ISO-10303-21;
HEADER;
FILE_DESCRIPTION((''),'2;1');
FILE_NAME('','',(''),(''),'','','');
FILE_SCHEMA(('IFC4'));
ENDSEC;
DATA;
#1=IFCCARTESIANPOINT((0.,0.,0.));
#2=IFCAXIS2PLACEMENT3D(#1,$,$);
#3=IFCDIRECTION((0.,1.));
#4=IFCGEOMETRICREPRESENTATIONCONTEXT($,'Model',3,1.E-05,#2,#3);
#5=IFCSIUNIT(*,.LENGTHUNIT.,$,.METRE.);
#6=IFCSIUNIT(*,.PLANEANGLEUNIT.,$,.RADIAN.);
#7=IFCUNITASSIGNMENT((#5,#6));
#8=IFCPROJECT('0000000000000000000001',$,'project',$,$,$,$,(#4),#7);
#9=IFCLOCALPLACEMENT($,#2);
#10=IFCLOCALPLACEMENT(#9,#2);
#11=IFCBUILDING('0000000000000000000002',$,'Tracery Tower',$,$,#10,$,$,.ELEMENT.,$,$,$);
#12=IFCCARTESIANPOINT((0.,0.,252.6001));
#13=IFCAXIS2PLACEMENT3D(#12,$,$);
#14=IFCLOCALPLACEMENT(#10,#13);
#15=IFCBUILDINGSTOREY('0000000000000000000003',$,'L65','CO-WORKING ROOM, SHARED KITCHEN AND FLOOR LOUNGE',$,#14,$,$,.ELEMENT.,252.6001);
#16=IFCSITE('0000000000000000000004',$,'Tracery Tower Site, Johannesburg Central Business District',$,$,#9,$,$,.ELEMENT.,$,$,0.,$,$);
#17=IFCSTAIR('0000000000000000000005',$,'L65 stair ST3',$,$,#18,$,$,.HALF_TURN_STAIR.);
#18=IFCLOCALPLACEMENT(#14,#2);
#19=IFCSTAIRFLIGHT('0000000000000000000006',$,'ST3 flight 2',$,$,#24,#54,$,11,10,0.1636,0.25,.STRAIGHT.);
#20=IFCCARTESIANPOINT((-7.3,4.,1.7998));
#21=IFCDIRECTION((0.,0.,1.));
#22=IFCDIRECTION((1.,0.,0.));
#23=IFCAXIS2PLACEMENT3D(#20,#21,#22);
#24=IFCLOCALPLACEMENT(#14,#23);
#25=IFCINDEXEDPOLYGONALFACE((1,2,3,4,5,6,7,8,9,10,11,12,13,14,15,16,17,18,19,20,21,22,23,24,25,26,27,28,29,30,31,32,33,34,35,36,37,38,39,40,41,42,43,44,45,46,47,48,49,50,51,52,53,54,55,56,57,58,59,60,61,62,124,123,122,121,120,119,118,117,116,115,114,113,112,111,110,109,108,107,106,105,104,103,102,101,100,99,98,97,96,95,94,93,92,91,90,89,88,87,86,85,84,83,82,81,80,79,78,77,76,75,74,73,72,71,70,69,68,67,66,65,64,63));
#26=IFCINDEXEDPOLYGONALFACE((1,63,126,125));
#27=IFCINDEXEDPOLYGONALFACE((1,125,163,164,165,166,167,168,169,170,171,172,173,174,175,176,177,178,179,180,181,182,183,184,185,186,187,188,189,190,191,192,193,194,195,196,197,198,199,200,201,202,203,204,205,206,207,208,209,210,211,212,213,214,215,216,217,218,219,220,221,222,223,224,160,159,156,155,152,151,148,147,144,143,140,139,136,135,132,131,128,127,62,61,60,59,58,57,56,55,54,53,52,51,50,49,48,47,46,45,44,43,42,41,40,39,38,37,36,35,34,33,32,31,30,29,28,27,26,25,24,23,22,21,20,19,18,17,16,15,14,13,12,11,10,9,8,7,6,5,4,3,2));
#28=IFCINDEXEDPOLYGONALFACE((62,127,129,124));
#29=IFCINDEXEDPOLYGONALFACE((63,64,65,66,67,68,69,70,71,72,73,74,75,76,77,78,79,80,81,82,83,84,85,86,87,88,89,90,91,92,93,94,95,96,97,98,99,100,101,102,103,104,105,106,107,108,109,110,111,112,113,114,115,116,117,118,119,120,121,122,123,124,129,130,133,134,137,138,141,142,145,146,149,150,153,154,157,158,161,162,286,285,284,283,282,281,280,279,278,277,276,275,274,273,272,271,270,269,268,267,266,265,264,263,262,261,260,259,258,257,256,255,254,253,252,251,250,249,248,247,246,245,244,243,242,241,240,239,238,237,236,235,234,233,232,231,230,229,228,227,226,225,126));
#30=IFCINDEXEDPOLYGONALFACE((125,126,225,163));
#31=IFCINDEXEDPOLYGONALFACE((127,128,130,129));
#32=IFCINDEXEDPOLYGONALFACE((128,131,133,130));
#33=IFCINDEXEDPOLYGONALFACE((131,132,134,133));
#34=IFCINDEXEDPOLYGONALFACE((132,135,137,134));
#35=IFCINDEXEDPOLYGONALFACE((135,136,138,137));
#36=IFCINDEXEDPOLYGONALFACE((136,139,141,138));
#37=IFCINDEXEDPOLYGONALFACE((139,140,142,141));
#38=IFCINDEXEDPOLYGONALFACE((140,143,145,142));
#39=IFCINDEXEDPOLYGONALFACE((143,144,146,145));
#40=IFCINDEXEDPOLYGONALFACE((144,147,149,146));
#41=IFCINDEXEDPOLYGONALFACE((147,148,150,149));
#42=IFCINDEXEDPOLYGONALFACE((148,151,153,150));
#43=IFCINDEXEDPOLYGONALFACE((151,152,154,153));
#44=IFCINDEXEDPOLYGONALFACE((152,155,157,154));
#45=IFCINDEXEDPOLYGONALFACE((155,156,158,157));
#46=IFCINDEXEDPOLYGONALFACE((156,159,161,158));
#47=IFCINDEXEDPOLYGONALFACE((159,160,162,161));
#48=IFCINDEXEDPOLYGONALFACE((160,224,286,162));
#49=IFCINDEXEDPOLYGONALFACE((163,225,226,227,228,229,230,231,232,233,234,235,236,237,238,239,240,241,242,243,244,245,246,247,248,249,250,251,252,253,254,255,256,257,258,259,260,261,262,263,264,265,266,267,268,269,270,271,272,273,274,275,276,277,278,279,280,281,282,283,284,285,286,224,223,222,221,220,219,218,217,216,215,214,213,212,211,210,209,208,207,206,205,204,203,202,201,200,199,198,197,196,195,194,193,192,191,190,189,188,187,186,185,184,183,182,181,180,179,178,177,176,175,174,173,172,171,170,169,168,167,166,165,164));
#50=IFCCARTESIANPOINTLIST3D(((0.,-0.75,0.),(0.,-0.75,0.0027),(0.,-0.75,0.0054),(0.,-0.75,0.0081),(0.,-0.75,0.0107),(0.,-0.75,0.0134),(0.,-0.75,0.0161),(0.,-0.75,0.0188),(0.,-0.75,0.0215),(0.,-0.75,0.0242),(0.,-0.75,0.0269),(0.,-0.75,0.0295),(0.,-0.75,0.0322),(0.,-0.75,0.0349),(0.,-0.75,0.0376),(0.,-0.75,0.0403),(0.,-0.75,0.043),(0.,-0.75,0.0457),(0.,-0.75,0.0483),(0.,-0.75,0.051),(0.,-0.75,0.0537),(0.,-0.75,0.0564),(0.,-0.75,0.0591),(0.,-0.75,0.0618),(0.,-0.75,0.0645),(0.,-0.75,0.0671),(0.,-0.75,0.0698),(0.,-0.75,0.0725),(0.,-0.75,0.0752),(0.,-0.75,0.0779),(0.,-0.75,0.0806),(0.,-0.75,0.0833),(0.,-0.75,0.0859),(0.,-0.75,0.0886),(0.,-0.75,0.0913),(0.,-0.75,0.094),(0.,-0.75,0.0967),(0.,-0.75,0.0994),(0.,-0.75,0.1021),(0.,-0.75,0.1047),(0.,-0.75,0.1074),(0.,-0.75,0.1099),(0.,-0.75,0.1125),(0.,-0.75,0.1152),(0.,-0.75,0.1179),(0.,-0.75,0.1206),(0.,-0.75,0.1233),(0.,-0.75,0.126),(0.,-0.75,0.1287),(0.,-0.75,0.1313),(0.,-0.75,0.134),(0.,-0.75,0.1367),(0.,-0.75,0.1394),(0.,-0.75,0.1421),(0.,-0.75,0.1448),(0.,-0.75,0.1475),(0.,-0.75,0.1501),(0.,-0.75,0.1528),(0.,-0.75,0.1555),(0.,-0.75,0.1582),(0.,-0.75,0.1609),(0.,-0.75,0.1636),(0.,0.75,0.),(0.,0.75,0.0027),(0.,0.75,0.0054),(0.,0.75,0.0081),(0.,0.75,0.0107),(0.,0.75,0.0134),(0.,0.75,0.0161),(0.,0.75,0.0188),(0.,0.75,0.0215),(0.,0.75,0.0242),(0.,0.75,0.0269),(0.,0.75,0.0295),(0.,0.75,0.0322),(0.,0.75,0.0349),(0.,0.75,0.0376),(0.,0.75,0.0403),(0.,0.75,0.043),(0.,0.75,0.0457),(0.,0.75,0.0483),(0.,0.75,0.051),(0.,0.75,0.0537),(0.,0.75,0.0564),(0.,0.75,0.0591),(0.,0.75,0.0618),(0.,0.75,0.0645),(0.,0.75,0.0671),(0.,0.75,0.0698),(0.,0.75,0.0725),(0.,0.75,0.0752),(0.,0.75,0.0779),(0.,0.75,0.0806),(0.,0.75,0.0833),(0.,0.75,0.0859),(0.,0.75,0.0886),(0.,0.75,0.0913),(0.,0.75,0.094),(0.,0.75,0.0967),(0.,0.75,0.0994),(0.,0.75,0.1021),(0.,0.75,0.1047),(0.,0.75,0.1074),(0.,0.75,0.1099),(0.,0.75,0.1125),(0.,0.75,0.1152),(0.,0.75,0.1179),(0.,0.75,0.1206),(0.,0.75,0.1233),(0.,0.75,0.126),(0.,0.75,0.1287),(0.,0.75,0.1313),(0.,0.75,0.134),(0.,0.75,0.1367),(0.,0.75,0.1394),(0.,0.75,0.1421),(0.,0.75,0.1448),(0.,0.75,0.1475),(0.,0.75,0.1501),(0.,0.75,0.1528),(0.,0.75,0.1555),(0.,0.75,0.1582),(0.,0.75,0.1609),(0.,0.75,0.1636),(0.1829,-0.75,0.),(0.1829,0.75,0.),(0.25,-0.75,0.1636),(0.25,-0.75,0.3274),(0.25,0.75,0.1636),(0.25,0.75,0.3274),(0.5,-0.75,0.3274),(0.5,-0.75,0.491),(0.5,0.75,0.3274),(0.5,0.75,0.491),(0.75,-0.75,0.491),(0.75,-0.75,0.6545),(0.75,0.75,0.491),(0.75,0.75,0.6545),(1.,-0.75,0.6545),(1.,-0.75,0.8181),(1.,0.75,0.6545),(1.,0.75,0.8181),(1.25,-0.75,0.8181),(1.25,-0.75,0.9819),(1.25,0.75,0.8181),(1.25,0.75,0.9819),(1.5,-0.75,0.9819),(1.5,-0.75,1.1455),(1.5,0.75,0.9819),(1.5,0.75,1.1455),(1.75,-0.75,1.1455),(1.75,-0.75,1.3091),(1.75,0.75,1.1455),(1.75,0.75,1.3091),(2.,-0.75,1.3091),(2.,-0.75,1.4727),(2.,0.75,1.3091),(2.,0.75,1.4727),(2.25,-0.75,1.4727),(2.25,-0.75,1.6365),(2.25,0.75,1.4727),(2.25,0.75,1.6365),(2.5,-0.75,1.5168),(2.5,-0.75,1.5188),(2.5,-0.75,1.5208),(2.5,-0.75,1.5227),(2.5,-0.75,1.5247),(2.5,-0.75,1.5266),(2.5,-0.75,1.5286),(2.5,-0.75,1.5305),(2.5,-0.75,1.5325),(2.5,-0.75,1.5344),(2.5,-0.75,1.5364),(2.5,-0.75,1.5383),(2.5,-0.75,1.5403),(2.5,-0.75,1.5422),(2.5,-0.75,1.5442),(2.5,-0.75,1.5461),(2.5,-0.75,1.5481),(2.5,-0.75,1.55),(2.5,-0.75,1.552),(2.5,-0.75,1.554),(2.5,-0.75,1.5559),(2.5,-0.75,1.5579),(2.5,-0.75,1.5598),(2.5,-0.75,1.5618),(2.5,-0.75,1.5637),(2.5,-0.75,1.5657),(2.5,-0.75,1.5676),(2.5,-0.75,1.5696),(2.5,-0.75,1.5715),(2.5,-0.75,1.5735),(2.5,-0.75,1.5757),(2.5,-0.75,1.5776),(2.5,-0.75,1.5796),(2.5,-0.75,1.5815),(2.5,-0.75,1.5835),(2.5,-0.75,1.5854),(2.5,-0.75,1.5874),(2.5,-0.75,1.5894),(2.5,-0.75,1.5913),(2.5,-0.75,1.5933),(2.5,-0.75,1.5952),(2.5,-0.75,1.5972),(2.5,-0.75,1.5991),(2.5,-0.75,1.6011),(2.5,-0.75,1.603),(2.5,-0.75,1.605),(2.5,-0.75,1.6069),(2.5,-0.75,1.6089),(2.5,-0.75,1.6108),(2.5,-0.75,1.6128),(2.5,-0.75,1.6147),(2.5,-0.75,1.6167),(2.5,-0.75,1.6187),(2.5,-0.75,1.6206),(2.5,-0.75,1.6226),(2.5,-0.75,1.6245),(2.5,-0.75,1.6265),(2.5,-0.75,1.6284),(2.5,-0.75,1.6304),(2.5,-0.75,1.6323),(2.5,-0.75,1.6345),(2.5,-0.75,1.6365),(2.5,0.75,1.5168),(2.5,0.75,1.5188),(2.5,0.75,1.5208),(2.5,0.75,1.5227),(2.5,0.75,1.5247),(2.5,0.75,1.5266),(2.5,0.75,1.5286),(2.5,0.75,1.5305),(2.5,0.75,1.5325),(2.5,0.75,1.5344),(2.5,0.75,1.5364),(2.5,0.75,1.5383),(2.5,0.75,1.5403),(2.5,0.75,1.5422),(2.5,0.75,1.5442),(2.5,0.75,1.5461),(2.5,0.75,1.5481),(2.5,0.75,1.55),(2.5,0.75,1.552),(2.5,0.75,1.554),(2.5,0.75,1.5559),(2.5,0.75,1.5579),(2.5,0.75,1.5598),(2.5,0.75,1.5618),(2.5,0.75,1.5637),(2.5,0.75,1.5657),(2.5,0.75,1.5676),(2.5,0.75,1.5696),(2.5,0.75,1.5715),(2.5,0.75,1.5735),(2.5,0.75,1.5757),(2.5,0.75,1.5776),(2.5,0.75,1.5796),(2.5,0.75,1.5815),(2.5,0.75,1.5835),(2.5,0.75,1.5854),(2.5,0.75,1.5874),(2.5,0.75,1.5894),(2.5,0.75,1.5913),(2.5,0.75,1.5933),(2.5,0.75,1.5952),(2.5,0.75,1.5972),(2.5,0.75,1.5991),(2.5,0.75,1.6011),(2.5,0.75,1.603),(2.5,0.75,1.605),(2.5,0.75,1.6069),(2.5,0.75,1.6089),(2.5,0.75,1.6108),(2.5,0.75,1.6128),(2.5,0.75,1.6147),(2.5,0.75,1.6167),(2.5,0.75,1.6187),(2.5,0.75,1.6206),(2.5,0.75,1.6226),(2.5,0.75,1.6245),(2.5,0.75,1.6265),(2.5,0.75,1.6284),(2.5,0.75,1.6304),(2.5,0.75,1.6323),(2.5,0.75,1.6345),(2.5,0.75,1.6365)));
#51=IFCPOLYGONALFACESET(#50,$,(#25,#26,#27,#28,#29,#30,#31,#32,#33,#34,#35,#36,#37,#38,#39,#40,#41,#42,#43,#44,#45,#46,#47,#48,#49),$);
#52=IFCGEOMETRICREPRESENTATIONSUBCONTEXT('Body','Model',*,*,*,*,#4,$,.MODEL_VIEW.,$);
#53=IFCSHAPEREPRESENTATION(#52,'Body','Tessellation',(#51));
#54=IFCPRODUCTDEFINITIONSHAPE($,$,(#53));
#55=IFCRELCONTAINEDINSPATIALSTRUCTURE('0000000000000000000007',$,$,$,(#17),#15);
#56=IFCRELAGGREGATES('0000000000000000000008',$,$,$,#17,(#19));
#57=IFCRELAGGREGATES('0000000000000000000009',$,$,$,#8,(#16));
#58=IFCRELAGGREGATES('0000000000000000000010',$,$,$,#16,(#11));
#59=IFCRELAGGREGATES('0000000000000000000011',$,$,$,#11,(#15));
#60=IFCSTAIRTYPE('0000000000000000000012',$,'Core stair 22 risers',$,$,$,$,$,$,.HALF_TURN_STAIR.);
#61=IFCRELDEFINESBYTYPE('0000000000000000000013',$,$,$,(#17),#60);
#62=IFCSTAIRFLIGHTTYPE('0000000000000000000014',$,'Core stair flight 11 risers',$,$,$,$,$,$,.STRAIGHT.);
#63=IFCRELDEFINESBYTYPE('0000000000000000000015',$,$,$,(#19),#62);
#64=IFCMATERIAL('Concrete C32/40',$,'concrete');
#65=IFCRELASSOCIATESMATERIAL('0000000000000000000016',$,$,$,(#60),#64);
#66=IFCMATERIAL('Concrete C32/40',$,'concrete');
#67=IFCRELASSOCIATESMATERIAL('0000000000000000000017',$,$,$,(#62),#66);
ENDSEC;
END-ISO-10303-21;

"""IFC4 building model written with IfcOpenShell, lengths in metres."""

from ifc_helpers import new_model, si_unit, direction, frame, origin, place, context, subcontext, project, spatial, polyline, outline, extrude, material, type_object, element, aggregate, save


model = new_model("IFC4")

# Units and contexts
model_context = context("Model", 3, precision=1e-05, world=origin(), true_north=direction((0.0, 1.0)))
body_context = subcontext(model_context, "Body", "Model", "MODEL_VIEW")
ifc_project = project(units=[si_unit("LENGTHUNIT", "METRE"), si_unit("PLANEANGLEUNIT", "RADIAN")], contexts=[model_context])

# Site, building, storey
site_placement = place(None, origin())
site = spatial("IfcSite", under=ifc_project, at=site_placement, Name="Tracery Tower Site, Johannesburg Central Business District", CompositionType="ELEMENT", RefElevation=0.0)
building_placement = place(site_placement, origin())
building = spatial("IfcBuilding", under=site, at=building_placement, Name="Tracery Tower", CompositionType="ELEMENT")
storey_placement = place(building_placement, frame((0.0, 0.0, 252.6001)))
storey = spatial("IfcBuildingStorey", under=building, at=storey_placement, Name="L65", Description="CO-WORKING ROOM, SHARED KITCHEN AND FLOOR LOUNGE", CompositionType="ELEMENT", Elevation=252.6001)

# Stair
ifc_material_1 = material(Name="Concrete C32/40", Category="concrete")
stair_type = type_object("IfcStairType", Name="Core stair 22 risers", PredefinedType="HALF_TURN_STAIR", material=ifc_material_1)
stair_1_placement = place(storey_placement, origin())
stair_1 = element("IfcStair", 1, at=stair_1_placement, inside=storey, type_object=stair_type, Name="L65 stair ST3", PredefinedType="HALF_TURN_STAIR")

# Stair flight
ifc_material_2 = material(Name="Concrete C32/40", Category="concrete")
stair_flight_type = type_object("IfcStairFlightType", Name="Core stair flight 11 risers", PredefinedType="STRAIGHT", material=ifc_material_2)
stair_flight_1_placement = place(storey_placement, frame((-7.3, 4.0, 1.7998), z_axis=(0.0, 0.0, 1.0), x_axis=(1.0, 0.0, 0.0)))
stair_flight_1 = element("IfcStairFlight", 2, at=stair_flight_1_placement, type_object=stair_flight_type, Name="ST3 flight 2", NumberOfRisers=11, NumberOfTreads=10, PredefinedType="STRAIGHT", RiserHeight=0.1636, TreadLength=0.25, context=body_context, shape_type="SweptSolid", body=[
    extrude(outline(polyline([(0.0, 0.0), (0.0, 0.0027), (0.0, 0.0054), (0.0, 0.0081), (0.0, 0.0107), (0.0, 0.0134), (0.0, 0.0161), (0.0, 0.0188), (0.0, 0.0215), (0.0, 0.0242), (0.0, 0.0269), (0.0, 0.0295), (0.0, 0.0322), (0.0, 0.0349), (0.0, 0.0376), (0.0, 0.0403), (0.0, 0.043), (0.0, 0.0457), (0.0, 0.0483), (0.0, 0.051), (0.0, 0.0537), (0.0, 0.0564), (0.0, 0.0591), (0.0, 0.0618), (0.0, 0.0645), (0.0, 0.0671), (0.0, 0.0698), (0.0, 0.0725), (0.0, 0.0752), (0.0, 0.0779), (0.0, 0.0806), (0.0, 0.0833), (0.0, 0.0859), (0.0, 0.0886), (0.0, 0.0913), (0.0, 0.094), (0.0, 0.0967), (0.0, 0.0994), (0.0, 0.1021), (0.0, 0.1047), (0.0, 0.1074), (0.0, 0.1099), (0.0, 0.1125), (0.0, 0.1152), (0.0, 0.1179), (0.0, 0.1206), (0.0, 0.1233), (0.0, 0.126), (0.0, 0.1287), (0.0, 0.1313), (0.0, 0.134), (0.0, 0.1367), (0.0, 0.1394), (0.0, 0.1421), (0.0, 0.1448), (0.0, 0.1475), (0.0, 0.1501), (0.0, 0.1528), (0.0, 0.1555), (0.0, 0.1582), (0.0, 0.1609), (0.0, 0.1636), (0.25, 0.1636), (0.25, 0.3274), (0.5, 0.3274), (0.5, 0.491), (0.75, 0.491), (0.75, 0.6545), (1.0, 0.6545), (1.0, 0.8181), (1.25, 0.8181), (1.25, 0.9819), (1.5, 0.9819), (1.5, 1.1455), (1.75, 1.1455), (1.75, 1.3091), (2.0, 1.3091), (2.0, 1.4727), (2.25, 1.4727), (2.25, 1.6365), (2.5, 1.6365), (2.5, 1.6345), (2.5, 1.6323), (2.5, 1.6304), (2.5, 1.6284), (2.5, 1.6265), (2.5, 1.6245), (2.5, 1.6226), (2.5, 1.6206), (2.5, 1.6187), (2.5, 1.6167), (2.5, 1.6147), (2.5, 1.6128), (2.5, 1.6108), (2.5, 1.6089), (2.5, 1.6069), (2.5, 1.605), (2.5, 1.603), (2.5, 1.6011), (2.5, 1.5991), (2.5, 1.5972), (2.5, 1.5952), (2.5, 1.5933), (2.5, 1.5913), (2.5, 1.5894), (2.5, 1.5874), (2.5, 1.5854), (2.5, 1.5835), (2.5, 1.5815), (2.5, 1.5796), (2.5, 1.5776), (2.5, 1.5757), (2.5, 1.5735), (2.5, 1.5715), (2.5, 1.5696), (2.5, 1.5676), (2.5, 1.5657), (2.5, 1.5637), (2.5, 1.5618), (2.5, 1.5598), (2.5, 1.5579), (2.5, 1.5559), (2.5, 1.554), (2.5, 1.552), (2.5, 1.55), (2.5, 1.5481), (2.5, 1.5461), (2.5, 1.5442), (2.5, 1.5422), (2.5, 1.5403), (2.5, 1.5383), (2.5, 1.5364), (2.5, 1.5344), (2.5, 1.5325), (2.5, 1.5305), (2.5, 1.5286), (2.5, 1.5266), (2.5, 1.5247), (2.5, 1.5227), (2.5, 1.5208), (2.5, 1.5188), (2.5, 1.5168), (0.1829, 0.0), (0.0, 0.0)])), frame((0.0, 0.75, 0.0), z_axis=(0.0, -1.0, 0.0), x_axis=(1.0, 0.0, 0.0)), (0.0, 0.0, 1.0), 1.5),
])
aggregate(stair_1, [stair_flight_1])

save(model, "model.ifc")
